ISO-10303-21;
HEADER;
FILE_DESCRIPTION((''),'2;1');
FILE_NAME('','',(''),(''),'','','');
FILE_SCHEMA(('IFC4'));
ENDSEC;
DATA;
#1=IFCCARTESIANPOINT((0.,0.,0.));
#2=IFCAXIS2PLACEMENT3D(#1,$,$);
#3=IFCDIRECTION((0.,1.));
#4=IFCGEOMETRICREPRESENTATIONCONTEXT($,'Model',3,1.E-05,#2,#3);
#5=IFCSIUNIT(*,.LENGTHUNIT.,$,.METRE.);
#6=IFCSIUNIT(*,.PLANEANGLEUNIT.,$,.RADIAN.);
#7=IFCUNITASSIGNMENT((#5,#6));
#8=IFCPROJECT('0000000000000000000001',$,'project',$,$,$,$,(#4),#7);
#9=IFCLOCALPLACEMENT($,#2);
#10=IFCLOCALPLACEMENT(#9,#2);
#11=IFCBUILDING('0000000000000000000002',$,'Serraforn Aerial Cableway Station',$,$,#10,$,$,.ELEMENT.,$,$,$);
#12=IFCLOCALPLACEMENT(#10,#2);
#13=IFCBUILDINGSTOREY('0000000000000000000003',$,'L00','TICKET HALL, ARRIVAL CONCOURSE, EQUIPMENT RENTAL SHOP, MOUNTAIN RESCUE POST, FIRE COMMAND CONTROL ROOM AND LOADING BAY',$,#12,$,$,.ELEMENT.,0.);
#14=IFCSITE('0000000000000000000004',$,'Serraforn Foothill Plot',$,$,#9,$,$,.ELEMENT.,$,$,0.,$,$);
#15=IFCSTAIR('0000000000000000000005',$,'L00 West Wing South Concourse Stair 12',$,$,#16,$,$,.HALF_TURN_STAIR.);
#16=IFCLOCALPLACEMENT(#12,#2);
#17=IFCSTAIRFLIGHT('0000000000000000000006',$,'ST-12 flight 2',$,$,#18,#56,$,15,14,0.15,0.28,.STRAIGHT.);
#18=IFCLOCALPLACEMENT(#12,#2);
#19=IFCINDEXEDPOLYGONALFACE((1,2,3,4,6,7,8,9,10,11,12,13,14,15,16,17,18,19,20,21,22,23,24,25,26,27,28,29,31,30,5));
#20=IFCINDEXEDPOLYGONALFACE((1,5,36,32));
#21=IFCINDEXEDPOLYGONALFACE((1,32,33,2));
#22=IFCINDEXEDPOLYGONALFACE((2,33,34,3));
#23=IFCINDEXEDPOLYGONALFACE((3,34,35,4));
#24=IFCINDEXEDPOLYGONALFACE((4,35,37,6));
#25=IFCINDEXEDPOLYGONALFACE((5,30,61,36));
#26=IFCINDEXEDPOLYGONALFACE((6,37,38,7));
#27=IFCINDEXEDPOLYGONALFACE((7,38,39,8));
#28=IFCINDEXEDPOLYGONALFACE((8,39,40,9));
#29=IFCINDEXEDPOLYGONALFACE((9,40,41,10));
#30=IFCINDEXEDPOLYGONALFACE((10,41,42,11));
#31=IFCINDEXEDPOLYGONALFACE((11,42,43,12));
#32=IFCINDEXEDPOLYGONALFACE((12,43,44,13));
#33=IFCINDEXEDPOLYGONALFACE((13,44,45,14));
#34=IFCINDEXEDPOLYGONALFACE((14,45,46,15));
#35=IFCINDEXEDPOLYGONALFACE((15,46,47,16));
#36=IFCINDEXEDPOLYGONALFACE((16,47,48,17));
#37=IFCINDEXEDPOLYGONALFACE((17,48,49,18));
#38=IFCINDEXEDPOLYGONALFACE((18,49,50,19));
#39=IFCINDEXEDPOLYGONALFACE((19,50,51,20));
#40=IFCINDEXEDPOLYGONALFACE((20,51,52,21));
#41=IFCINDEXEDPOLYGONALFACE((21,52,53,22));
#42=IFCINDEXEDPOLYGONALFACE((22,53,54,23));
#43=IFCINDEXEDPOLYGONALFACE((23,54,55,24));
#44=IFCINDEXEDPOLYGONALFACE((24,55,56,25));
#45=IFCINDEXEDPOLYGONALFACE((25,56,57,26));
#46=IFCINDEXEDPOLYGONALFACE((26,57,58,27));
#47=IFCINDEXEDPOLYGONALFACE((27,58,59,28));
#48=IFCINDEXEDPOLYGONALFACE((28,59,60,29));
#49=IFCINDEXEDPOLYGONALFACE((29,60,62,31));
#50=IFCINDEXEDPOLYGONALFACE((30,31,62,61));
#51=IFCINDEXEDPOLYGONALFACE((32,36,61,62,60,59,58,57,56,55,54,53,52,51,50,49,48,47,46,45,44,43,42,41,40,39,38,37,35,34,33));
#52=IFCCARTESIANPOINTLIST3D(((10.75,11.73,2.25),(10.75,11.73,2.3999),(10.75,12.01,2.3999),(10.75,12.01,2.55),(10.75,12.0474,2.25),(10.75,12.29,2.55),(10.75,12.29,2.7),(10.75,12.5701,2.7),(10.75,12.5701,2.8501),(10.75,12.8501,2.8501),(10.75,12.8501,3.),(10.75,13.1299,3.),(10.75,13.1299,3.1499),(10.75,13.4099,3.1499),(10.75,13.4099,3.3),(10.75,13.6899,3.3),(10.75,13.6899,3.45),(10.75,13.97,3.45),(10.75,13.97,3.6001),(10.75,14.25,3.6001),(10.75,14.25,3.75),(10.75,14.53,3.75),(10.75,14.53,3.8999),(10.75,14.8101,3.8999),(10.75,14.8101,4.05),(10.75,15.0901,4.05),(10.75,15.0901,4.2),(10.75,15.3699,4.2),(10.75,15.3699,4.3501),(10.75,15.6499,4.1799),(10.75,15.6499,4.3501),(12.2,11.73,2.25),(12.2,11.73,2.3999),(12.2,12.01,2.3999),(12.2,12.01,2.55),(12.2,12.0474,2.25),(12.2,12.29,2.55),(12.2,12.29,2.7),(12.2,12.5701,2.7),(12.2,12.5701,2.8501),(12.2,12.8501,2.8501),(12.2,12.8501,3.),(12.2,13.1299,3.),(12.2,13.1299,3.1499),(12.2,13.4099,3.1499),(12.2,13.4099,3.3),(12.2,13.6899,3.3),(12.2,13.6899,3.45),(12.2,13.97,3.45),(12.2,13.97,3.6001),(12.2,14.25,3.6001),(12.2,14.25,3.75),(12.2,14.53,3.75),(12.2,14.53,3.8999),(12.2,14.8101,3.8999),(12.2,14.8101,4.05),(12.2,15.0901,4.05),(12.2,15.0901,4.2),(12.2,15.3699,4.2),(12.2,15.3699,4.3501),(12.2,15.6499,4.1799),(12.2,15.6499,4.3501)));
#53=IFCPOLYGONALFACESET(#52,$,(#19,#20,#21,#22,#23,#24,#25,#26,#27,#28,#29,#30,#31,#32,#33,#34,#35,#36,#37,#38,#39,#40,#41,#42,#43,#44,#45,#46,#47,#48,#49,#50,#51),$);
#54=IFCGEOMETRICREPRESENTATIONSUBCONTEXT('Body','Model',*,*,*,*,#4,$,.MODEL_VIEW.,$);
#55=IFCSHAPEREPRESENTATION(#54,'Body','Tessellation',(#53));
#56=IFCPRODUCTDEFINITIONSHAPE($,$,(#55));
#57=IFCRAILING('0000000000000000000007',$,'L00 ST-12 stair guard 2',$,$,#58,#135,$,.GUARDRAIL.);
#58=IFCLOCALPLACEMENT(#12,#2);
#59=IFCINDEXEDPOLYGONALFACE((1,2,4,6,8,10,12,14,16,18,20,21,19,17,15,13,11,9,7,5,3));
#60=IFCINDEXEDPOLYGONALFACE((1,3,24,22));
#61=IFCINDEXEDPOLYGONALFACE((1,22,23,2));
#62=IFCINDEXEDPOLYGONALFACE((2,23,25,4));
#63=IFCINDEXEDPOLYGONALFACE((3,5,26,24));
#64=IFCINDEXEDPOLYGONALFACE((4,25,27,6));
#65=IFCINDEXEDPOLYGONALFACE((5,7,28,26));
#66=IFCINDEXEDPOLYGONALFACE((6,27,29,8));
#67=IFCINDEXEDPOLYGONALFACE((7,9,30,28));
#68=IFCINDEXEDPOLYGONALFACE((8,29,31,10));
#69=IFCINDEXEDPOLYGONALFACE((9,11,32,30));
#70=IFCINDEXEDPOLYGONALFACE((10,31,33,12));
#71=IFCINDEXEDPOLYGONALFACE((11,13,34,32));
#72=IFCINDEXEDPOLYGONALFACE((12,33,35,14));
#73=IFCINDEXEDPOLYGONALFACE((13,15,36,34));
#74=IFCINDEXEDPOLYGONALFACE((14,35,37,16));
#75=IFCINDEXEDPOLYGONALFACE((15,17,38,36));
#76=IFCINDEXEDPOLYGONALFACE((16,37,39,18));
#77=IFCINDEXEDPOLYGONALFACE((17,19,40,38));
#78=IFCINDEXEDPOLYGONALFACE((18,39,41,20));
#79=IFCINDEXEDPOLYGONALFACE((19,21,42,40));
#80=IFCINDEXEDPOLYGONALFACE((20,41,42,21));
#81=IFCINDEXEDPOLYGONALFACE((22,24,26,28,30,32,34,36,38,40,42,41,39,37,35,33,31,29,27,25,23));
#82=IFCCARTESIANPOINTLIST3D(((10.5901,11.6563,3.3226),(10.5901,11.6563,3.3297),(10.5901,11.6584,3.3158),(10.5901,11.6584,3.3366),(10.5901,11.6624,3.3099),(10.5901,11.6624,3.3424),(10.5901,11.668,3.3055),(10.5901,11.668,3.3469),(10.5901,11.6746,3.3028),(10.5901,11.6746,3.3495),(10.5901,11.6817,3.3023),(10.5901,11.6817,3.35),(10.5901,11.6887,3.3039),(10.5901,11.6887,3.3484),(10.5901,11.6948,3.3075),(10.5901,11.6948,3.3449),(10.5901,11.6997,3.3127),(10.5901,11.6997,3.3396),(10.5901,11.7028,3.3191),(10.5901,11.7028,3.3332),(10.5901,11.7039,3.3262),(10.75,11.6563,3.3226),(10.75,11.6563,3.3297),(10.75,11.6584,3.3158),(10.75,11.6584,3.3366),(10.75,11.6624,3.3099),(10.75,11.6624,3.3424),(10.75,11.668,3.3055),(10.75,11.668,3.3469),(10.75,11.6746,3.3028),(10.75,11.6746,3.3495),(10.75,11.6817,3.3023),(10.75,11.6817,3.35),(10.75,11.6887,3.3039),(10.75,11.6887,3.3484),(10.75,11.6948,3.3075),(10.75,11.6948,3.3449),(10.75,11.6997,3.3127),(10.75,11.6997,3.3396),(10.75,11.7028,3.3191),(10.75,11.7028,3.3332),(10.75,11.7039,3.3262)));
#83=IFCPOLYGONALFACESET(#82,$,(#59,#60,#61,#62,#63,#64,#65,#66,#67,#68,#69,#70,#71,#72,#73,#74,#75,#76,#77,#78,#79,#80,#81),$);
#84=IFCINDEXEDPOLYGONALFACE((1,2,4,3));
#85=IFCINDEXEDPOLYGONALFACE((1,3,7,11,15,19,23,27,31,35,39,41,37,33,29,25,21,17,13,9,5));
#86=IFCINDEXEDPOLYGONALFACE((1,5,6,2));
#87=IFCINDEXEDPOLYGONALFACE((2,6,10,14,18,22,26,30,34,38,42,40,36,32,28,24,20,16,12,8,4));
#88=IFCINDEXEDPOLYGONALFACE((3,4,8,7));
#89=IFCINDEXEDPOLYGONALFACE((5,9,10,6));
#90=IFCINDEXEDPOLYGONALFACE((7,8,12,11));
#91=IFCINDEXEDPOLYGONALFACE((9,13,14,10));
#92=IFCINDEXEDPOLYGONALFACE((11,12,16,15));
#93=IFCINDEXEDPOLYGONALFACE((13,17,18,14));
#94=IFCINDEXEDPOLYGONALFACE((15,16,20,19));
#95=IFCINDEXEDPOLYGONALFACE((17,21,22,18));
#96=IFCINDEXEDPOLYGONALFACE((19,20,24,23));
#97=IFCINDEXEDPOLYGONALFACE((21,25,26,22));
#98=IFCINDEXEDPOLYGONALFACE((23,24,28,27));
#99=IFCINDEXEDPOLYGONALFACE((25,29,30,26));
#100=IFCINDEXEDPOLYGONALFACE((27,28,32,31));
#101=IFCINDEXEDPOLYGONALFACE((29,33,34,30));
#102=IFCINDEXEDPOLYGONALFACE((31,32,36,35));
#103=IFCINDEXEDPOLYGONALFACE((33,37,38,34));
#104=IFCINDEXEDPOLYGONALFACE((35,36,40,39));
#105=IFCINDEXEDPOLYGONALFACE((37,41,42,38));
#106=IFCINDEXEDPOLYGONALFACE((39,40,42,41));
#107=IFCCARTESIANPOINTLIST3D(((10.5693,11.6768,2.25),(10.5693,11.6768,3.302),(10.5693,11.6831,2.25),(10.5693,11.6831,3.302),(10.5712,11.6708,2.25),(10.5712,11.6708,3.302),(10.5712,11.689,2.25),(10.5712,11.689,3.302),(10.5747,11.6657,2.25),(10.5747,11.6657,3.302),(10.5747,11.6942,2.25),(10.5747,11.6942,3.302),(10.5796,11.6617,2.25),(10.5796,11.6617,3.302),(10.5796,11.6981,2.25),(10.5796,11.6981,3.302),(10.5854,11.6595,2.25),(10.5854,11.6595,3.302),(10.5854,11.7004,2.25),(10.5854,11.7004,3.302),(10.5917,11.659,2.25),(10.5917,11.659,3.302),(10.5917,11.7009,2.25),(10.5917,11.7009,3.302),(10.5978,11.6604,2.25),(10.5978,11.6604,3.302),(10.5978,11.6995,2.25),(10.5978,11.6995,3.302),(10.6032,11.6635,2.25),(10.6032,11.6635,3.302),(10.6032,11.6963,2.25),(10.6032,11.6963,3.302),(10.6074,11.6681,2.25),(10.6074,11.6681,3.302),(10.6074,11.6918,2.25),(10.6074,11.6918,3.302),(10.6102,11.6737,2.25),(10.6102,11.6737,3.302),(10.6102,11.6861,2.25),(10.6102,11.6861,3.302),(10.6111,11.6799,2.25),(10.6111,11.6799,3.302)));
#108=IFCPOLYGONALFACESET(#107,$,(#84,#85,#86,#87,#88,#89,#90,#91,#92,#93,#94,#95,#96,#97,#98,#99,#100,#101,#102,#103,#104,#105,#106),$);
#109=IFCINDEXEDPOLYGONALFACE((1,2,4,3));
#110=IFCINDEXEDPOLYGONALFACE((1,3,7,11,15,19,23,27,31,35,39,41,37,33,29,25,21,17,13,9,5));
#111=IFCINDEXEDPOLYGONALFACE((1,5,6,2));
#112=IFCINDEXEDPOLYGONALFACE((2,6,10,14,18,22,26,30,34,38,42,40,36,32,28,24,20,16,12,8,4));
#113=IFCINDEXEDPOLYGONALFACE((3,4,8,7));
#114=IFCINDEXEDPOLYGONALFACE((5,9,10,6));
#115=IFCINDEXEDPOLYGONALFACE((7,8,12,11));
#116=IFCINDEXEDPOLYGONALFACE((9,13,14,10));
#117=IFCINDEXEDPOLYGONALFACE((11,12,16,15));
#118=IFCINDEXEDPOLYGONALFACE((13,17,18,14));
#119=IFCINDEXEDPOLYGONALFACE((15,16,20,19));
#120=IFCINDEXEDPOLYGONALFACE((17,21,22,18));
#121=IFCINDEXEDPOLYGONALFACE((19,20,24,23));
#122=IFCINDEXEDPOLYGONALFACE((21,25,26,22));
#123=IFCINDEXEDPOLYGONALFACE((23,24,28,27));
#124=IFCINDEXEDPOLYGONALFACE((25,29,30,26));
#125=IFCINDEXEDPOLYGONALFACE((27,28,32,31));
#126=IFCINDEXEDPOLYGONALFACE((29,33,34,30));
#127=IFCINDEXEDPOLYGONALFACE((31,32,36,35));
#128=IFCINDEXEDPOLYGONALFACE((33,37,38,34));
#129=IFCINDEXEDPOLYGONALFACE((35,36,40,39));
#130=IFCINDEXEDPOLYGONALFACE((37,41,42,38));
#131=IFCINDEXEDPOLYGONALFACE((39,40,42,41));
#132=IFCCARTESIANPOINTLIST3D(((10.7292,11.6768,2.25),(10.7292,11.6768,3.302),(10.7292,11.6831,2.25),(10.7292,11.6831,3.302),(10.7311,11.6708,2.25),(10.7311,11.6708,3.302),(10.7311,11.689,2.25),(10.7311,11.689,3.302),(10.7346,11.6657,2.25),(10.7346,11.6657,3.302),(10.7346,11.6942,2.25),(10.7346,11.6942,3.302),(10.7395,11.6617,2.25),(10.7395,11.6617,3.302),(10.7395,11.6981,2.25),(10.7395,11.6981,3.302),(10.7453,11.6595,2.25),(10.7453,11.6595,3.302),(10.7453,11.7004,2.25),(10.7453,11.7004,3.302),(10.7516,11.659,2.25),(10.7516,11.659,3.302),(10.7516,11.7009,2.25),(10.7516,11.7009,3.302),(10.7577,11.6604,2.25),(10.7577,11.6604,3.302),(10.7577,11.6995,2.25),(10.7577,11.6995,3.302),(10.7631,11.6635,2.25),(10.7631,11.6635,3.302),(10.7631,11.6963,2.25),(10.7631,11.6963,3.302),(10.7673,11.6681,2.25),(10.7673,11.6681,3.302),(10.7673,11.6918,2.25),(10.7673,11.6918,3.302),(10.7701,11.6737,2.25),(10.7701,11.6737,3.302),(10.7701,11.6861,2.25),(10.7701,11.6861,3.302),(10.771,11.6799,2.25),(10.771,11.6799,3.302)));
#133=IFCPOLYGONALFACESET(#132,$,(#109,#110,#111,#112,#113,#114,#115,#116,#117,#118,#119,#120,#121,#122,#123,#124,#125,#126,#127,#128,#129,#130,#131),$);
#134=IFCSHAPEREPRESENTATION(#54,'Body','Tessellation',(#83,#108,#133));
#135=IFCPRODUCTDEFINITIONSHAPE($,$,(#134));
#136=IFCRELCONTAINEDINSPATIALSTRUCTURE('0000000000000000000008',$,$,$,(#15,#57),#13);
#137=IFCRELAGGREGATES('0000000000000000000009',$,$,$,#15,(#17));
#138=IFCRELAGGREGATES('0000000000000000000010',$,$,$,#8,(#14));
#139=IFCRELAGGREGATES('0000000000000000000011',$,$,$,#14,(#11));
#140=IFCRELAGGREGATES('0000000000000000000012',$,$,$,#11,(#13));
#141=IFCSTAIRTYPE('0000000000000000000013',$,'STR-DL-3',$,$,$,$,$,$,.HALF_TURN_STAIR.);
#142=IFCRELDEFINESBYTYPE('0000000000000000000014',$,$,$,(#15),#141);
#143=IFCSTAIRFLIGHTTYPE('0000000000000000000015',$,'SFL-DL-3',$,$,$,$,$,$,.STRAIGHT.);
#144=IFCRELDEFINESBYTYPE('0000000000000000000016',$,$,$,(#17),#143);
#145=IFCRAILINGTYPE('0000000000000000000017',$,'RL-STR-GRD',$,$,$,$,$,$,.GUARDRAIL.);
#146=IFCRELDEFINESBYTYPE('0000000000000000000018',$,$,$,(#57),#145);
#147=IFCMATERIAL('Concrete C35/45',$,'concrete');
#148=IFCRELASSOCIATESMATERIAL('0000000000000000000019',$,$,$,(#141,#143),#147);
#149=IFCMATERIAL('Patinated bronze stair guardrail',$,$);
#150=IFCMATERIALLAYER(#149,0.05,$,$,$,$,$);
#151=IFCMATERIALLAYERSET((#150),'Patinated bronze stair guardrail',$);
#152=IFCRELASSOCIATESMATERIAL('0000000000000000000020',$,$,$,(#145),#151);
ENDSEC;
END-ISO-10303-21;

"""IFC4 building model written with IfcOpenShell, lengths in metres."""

from ifc_helpers import new_model, si_unit, direction, frame, origin, origin_2d, place, context, subcontext, project, spatial, polyline, circle, outline, extrude, material, layer, layer_set, type_object, element, aggregate, save


model = new_model("IFC4")

# Units and contexts
model_context = context("Model", 3, precision=1e-05, world=origin(), true_north=direction((0.0, 1.0)))
body_context = subcontext(model_context, "Body", "Model", "MODEL_VIEW")
ifc_project = project(units=[si_unit("LENGTHUNIT", "METRE"), si_unit("PLANEANGLEUNIT", "RADIAN")], contexts=[model_context])

# Site, building, storey
site_placement = place(None, origin())
site = spatial("IfcSite", under=ifc_project, at=site_placement, Name="Serraforn Foothill Plot", CompositionType="ELEMENT", RefElevation=0.0)
building_placement = place(site_placement, origin())
building = spatial("IfcBuilding", under=site, at=building_placement, Name="Serraforn Aerial Cableway Station", CompositionType="ELEMENT")
storey_placement = place(building_placement, origin())
storey = spatial("IfcBuildingStorey", under=building, at=storey_placement, Name="L00", Description="TICKET HALL, ARRIVAL CONCOURSE, EQUIPMENT RENTAL SHOP, MOUNTAIN RESCUE POST, FIRE COMMAND CONTROL ROOM AND LOADING BAY", CompositionType="ELEMENT", Elevation=0.0)

# Shared definitions
ifc_material_1 = material(Name="Concrete C35/45", Category="concrete")

# Stair, stair flight
stair_type = type_object("IfcStairType", Name="STR-DL-3", PredefinedType="HALF_TURN_STAIR", material=ifc_material_1)
stair_placement = place(storey_placement, origin())
stair = element("IfcStair", 1, at=stair_placement, inside=storey, type_object=stair_type, Name="L00 West Wing South Concourse Stair 12", PredefinedType="HALF_TURN_STAIR")
stair_flight_type = type_object("IfcStairFlightType", Name="SFL-DL-3", PredefinedType="STRAIGHT", material=ifc_material_1)
stair_flight_placement = place(storey_placement, frame((11.4751, 11.73, 2.25), z_axis=(0.0, 0.0, 1.0), x_axis=(0.0, 1.0, 0.0)))
stair_flight = element("IfcStairFlight", 2, at=stair_flight_placement, type_object=stair_flight_type, Name="ST-12 flight 2", NumberOfRisers=15, NumberOfTreads=14, PredefinedType="STRAIGHT", RiserHeight=0.15, TreadLength=0.28, context=body_context, shape_type="SweptSolid", body=[
    extrude(outline(polyline([(0.0, 0.0), (0.0, 0.1499), (0.28, 0.1499), (0.28, 0.3), (0.5601, 0.3), (0.5601, 0.45), (0.8401, 0.45), (0.8401, 0.6001), (1.1201, 0.6001), (1.1201, 0.75), (1.3999, 0.75), (1.3999, 0.8999), (1.6799, 0.8999), (1.6799, 1.05), (1.96, 1.05), (1.96, 1.2), (2.24, 1.2), (2.24, 1.3501), (2.52, 1.3501), (2.52, 1.5), (2.8, 1.5), (2.8, 1.6499), (3.0801, 1.6499), (3.0801, 1.8), (3.3601, 1.8), (3.3601, 1.95), (3.6399, 1.95), (3.6399, 2.1001), (3.9199, 2.1001), (3.9199, 2.25), (3.9199, 1.9299), (0.3174, 0.0), (0.0, 0.0)])), frame((0.0, 0.7251, 0.0), z_axis=(0.0, -1.0, 0.0), x_axis=(1.0, 0.0, 0.0)), (0.0, 0.0, 1.0), 1.45),
])
aggregate(stair, [stair_flight])

# Railing
ifc_material_2 = material(Name="Patinated bronze stair guardrail")
ifc_layer_1 = layer(ifc_material_2, 0.05)
ifc_layer_set_1 = layer_set([ifc_layer_1], Name="Patinated bronze stair guardrail")
railing_type_1 = type_object("IfcRailingType", Name="RL-STR-GRD", PredefinedType="GUARDRAIL", material=ifc_layer_set_1)
railing_1_placement = place(storey_placement, frame((10.5901, 11.6799, 2.25)))
element("IfcRailing", 3, at=railing_1_placement, inside=storey, type_object=railing_type_1, Name="L00 ST-12 stair guard 2", PredefinedType="GUARDRAIL", context=body_context, shape_type="SweptSolid", body=[
    extrude(circle(Radius=0.0239, at=origin_2d()), frame((0.0, 0.0, 1.0762), z_axis=(1.0, 0.0, 0.0), x_axis=(0.0, 1.0, 0.0)), (0.0, 0.0, 1.0), 0.1599),
    extrude(circle(Radius=0.021, at=origin_2d()), origin(), (0.0, 0.0, 1.0), 1.052),
    extrude(circle(Radius=0.021, at=origin_2d()), frame((0.1599, 0.0, 0.0)), (0.0, 0.0, 1.0), 1.052),
])

save(model, "model.ifc")
